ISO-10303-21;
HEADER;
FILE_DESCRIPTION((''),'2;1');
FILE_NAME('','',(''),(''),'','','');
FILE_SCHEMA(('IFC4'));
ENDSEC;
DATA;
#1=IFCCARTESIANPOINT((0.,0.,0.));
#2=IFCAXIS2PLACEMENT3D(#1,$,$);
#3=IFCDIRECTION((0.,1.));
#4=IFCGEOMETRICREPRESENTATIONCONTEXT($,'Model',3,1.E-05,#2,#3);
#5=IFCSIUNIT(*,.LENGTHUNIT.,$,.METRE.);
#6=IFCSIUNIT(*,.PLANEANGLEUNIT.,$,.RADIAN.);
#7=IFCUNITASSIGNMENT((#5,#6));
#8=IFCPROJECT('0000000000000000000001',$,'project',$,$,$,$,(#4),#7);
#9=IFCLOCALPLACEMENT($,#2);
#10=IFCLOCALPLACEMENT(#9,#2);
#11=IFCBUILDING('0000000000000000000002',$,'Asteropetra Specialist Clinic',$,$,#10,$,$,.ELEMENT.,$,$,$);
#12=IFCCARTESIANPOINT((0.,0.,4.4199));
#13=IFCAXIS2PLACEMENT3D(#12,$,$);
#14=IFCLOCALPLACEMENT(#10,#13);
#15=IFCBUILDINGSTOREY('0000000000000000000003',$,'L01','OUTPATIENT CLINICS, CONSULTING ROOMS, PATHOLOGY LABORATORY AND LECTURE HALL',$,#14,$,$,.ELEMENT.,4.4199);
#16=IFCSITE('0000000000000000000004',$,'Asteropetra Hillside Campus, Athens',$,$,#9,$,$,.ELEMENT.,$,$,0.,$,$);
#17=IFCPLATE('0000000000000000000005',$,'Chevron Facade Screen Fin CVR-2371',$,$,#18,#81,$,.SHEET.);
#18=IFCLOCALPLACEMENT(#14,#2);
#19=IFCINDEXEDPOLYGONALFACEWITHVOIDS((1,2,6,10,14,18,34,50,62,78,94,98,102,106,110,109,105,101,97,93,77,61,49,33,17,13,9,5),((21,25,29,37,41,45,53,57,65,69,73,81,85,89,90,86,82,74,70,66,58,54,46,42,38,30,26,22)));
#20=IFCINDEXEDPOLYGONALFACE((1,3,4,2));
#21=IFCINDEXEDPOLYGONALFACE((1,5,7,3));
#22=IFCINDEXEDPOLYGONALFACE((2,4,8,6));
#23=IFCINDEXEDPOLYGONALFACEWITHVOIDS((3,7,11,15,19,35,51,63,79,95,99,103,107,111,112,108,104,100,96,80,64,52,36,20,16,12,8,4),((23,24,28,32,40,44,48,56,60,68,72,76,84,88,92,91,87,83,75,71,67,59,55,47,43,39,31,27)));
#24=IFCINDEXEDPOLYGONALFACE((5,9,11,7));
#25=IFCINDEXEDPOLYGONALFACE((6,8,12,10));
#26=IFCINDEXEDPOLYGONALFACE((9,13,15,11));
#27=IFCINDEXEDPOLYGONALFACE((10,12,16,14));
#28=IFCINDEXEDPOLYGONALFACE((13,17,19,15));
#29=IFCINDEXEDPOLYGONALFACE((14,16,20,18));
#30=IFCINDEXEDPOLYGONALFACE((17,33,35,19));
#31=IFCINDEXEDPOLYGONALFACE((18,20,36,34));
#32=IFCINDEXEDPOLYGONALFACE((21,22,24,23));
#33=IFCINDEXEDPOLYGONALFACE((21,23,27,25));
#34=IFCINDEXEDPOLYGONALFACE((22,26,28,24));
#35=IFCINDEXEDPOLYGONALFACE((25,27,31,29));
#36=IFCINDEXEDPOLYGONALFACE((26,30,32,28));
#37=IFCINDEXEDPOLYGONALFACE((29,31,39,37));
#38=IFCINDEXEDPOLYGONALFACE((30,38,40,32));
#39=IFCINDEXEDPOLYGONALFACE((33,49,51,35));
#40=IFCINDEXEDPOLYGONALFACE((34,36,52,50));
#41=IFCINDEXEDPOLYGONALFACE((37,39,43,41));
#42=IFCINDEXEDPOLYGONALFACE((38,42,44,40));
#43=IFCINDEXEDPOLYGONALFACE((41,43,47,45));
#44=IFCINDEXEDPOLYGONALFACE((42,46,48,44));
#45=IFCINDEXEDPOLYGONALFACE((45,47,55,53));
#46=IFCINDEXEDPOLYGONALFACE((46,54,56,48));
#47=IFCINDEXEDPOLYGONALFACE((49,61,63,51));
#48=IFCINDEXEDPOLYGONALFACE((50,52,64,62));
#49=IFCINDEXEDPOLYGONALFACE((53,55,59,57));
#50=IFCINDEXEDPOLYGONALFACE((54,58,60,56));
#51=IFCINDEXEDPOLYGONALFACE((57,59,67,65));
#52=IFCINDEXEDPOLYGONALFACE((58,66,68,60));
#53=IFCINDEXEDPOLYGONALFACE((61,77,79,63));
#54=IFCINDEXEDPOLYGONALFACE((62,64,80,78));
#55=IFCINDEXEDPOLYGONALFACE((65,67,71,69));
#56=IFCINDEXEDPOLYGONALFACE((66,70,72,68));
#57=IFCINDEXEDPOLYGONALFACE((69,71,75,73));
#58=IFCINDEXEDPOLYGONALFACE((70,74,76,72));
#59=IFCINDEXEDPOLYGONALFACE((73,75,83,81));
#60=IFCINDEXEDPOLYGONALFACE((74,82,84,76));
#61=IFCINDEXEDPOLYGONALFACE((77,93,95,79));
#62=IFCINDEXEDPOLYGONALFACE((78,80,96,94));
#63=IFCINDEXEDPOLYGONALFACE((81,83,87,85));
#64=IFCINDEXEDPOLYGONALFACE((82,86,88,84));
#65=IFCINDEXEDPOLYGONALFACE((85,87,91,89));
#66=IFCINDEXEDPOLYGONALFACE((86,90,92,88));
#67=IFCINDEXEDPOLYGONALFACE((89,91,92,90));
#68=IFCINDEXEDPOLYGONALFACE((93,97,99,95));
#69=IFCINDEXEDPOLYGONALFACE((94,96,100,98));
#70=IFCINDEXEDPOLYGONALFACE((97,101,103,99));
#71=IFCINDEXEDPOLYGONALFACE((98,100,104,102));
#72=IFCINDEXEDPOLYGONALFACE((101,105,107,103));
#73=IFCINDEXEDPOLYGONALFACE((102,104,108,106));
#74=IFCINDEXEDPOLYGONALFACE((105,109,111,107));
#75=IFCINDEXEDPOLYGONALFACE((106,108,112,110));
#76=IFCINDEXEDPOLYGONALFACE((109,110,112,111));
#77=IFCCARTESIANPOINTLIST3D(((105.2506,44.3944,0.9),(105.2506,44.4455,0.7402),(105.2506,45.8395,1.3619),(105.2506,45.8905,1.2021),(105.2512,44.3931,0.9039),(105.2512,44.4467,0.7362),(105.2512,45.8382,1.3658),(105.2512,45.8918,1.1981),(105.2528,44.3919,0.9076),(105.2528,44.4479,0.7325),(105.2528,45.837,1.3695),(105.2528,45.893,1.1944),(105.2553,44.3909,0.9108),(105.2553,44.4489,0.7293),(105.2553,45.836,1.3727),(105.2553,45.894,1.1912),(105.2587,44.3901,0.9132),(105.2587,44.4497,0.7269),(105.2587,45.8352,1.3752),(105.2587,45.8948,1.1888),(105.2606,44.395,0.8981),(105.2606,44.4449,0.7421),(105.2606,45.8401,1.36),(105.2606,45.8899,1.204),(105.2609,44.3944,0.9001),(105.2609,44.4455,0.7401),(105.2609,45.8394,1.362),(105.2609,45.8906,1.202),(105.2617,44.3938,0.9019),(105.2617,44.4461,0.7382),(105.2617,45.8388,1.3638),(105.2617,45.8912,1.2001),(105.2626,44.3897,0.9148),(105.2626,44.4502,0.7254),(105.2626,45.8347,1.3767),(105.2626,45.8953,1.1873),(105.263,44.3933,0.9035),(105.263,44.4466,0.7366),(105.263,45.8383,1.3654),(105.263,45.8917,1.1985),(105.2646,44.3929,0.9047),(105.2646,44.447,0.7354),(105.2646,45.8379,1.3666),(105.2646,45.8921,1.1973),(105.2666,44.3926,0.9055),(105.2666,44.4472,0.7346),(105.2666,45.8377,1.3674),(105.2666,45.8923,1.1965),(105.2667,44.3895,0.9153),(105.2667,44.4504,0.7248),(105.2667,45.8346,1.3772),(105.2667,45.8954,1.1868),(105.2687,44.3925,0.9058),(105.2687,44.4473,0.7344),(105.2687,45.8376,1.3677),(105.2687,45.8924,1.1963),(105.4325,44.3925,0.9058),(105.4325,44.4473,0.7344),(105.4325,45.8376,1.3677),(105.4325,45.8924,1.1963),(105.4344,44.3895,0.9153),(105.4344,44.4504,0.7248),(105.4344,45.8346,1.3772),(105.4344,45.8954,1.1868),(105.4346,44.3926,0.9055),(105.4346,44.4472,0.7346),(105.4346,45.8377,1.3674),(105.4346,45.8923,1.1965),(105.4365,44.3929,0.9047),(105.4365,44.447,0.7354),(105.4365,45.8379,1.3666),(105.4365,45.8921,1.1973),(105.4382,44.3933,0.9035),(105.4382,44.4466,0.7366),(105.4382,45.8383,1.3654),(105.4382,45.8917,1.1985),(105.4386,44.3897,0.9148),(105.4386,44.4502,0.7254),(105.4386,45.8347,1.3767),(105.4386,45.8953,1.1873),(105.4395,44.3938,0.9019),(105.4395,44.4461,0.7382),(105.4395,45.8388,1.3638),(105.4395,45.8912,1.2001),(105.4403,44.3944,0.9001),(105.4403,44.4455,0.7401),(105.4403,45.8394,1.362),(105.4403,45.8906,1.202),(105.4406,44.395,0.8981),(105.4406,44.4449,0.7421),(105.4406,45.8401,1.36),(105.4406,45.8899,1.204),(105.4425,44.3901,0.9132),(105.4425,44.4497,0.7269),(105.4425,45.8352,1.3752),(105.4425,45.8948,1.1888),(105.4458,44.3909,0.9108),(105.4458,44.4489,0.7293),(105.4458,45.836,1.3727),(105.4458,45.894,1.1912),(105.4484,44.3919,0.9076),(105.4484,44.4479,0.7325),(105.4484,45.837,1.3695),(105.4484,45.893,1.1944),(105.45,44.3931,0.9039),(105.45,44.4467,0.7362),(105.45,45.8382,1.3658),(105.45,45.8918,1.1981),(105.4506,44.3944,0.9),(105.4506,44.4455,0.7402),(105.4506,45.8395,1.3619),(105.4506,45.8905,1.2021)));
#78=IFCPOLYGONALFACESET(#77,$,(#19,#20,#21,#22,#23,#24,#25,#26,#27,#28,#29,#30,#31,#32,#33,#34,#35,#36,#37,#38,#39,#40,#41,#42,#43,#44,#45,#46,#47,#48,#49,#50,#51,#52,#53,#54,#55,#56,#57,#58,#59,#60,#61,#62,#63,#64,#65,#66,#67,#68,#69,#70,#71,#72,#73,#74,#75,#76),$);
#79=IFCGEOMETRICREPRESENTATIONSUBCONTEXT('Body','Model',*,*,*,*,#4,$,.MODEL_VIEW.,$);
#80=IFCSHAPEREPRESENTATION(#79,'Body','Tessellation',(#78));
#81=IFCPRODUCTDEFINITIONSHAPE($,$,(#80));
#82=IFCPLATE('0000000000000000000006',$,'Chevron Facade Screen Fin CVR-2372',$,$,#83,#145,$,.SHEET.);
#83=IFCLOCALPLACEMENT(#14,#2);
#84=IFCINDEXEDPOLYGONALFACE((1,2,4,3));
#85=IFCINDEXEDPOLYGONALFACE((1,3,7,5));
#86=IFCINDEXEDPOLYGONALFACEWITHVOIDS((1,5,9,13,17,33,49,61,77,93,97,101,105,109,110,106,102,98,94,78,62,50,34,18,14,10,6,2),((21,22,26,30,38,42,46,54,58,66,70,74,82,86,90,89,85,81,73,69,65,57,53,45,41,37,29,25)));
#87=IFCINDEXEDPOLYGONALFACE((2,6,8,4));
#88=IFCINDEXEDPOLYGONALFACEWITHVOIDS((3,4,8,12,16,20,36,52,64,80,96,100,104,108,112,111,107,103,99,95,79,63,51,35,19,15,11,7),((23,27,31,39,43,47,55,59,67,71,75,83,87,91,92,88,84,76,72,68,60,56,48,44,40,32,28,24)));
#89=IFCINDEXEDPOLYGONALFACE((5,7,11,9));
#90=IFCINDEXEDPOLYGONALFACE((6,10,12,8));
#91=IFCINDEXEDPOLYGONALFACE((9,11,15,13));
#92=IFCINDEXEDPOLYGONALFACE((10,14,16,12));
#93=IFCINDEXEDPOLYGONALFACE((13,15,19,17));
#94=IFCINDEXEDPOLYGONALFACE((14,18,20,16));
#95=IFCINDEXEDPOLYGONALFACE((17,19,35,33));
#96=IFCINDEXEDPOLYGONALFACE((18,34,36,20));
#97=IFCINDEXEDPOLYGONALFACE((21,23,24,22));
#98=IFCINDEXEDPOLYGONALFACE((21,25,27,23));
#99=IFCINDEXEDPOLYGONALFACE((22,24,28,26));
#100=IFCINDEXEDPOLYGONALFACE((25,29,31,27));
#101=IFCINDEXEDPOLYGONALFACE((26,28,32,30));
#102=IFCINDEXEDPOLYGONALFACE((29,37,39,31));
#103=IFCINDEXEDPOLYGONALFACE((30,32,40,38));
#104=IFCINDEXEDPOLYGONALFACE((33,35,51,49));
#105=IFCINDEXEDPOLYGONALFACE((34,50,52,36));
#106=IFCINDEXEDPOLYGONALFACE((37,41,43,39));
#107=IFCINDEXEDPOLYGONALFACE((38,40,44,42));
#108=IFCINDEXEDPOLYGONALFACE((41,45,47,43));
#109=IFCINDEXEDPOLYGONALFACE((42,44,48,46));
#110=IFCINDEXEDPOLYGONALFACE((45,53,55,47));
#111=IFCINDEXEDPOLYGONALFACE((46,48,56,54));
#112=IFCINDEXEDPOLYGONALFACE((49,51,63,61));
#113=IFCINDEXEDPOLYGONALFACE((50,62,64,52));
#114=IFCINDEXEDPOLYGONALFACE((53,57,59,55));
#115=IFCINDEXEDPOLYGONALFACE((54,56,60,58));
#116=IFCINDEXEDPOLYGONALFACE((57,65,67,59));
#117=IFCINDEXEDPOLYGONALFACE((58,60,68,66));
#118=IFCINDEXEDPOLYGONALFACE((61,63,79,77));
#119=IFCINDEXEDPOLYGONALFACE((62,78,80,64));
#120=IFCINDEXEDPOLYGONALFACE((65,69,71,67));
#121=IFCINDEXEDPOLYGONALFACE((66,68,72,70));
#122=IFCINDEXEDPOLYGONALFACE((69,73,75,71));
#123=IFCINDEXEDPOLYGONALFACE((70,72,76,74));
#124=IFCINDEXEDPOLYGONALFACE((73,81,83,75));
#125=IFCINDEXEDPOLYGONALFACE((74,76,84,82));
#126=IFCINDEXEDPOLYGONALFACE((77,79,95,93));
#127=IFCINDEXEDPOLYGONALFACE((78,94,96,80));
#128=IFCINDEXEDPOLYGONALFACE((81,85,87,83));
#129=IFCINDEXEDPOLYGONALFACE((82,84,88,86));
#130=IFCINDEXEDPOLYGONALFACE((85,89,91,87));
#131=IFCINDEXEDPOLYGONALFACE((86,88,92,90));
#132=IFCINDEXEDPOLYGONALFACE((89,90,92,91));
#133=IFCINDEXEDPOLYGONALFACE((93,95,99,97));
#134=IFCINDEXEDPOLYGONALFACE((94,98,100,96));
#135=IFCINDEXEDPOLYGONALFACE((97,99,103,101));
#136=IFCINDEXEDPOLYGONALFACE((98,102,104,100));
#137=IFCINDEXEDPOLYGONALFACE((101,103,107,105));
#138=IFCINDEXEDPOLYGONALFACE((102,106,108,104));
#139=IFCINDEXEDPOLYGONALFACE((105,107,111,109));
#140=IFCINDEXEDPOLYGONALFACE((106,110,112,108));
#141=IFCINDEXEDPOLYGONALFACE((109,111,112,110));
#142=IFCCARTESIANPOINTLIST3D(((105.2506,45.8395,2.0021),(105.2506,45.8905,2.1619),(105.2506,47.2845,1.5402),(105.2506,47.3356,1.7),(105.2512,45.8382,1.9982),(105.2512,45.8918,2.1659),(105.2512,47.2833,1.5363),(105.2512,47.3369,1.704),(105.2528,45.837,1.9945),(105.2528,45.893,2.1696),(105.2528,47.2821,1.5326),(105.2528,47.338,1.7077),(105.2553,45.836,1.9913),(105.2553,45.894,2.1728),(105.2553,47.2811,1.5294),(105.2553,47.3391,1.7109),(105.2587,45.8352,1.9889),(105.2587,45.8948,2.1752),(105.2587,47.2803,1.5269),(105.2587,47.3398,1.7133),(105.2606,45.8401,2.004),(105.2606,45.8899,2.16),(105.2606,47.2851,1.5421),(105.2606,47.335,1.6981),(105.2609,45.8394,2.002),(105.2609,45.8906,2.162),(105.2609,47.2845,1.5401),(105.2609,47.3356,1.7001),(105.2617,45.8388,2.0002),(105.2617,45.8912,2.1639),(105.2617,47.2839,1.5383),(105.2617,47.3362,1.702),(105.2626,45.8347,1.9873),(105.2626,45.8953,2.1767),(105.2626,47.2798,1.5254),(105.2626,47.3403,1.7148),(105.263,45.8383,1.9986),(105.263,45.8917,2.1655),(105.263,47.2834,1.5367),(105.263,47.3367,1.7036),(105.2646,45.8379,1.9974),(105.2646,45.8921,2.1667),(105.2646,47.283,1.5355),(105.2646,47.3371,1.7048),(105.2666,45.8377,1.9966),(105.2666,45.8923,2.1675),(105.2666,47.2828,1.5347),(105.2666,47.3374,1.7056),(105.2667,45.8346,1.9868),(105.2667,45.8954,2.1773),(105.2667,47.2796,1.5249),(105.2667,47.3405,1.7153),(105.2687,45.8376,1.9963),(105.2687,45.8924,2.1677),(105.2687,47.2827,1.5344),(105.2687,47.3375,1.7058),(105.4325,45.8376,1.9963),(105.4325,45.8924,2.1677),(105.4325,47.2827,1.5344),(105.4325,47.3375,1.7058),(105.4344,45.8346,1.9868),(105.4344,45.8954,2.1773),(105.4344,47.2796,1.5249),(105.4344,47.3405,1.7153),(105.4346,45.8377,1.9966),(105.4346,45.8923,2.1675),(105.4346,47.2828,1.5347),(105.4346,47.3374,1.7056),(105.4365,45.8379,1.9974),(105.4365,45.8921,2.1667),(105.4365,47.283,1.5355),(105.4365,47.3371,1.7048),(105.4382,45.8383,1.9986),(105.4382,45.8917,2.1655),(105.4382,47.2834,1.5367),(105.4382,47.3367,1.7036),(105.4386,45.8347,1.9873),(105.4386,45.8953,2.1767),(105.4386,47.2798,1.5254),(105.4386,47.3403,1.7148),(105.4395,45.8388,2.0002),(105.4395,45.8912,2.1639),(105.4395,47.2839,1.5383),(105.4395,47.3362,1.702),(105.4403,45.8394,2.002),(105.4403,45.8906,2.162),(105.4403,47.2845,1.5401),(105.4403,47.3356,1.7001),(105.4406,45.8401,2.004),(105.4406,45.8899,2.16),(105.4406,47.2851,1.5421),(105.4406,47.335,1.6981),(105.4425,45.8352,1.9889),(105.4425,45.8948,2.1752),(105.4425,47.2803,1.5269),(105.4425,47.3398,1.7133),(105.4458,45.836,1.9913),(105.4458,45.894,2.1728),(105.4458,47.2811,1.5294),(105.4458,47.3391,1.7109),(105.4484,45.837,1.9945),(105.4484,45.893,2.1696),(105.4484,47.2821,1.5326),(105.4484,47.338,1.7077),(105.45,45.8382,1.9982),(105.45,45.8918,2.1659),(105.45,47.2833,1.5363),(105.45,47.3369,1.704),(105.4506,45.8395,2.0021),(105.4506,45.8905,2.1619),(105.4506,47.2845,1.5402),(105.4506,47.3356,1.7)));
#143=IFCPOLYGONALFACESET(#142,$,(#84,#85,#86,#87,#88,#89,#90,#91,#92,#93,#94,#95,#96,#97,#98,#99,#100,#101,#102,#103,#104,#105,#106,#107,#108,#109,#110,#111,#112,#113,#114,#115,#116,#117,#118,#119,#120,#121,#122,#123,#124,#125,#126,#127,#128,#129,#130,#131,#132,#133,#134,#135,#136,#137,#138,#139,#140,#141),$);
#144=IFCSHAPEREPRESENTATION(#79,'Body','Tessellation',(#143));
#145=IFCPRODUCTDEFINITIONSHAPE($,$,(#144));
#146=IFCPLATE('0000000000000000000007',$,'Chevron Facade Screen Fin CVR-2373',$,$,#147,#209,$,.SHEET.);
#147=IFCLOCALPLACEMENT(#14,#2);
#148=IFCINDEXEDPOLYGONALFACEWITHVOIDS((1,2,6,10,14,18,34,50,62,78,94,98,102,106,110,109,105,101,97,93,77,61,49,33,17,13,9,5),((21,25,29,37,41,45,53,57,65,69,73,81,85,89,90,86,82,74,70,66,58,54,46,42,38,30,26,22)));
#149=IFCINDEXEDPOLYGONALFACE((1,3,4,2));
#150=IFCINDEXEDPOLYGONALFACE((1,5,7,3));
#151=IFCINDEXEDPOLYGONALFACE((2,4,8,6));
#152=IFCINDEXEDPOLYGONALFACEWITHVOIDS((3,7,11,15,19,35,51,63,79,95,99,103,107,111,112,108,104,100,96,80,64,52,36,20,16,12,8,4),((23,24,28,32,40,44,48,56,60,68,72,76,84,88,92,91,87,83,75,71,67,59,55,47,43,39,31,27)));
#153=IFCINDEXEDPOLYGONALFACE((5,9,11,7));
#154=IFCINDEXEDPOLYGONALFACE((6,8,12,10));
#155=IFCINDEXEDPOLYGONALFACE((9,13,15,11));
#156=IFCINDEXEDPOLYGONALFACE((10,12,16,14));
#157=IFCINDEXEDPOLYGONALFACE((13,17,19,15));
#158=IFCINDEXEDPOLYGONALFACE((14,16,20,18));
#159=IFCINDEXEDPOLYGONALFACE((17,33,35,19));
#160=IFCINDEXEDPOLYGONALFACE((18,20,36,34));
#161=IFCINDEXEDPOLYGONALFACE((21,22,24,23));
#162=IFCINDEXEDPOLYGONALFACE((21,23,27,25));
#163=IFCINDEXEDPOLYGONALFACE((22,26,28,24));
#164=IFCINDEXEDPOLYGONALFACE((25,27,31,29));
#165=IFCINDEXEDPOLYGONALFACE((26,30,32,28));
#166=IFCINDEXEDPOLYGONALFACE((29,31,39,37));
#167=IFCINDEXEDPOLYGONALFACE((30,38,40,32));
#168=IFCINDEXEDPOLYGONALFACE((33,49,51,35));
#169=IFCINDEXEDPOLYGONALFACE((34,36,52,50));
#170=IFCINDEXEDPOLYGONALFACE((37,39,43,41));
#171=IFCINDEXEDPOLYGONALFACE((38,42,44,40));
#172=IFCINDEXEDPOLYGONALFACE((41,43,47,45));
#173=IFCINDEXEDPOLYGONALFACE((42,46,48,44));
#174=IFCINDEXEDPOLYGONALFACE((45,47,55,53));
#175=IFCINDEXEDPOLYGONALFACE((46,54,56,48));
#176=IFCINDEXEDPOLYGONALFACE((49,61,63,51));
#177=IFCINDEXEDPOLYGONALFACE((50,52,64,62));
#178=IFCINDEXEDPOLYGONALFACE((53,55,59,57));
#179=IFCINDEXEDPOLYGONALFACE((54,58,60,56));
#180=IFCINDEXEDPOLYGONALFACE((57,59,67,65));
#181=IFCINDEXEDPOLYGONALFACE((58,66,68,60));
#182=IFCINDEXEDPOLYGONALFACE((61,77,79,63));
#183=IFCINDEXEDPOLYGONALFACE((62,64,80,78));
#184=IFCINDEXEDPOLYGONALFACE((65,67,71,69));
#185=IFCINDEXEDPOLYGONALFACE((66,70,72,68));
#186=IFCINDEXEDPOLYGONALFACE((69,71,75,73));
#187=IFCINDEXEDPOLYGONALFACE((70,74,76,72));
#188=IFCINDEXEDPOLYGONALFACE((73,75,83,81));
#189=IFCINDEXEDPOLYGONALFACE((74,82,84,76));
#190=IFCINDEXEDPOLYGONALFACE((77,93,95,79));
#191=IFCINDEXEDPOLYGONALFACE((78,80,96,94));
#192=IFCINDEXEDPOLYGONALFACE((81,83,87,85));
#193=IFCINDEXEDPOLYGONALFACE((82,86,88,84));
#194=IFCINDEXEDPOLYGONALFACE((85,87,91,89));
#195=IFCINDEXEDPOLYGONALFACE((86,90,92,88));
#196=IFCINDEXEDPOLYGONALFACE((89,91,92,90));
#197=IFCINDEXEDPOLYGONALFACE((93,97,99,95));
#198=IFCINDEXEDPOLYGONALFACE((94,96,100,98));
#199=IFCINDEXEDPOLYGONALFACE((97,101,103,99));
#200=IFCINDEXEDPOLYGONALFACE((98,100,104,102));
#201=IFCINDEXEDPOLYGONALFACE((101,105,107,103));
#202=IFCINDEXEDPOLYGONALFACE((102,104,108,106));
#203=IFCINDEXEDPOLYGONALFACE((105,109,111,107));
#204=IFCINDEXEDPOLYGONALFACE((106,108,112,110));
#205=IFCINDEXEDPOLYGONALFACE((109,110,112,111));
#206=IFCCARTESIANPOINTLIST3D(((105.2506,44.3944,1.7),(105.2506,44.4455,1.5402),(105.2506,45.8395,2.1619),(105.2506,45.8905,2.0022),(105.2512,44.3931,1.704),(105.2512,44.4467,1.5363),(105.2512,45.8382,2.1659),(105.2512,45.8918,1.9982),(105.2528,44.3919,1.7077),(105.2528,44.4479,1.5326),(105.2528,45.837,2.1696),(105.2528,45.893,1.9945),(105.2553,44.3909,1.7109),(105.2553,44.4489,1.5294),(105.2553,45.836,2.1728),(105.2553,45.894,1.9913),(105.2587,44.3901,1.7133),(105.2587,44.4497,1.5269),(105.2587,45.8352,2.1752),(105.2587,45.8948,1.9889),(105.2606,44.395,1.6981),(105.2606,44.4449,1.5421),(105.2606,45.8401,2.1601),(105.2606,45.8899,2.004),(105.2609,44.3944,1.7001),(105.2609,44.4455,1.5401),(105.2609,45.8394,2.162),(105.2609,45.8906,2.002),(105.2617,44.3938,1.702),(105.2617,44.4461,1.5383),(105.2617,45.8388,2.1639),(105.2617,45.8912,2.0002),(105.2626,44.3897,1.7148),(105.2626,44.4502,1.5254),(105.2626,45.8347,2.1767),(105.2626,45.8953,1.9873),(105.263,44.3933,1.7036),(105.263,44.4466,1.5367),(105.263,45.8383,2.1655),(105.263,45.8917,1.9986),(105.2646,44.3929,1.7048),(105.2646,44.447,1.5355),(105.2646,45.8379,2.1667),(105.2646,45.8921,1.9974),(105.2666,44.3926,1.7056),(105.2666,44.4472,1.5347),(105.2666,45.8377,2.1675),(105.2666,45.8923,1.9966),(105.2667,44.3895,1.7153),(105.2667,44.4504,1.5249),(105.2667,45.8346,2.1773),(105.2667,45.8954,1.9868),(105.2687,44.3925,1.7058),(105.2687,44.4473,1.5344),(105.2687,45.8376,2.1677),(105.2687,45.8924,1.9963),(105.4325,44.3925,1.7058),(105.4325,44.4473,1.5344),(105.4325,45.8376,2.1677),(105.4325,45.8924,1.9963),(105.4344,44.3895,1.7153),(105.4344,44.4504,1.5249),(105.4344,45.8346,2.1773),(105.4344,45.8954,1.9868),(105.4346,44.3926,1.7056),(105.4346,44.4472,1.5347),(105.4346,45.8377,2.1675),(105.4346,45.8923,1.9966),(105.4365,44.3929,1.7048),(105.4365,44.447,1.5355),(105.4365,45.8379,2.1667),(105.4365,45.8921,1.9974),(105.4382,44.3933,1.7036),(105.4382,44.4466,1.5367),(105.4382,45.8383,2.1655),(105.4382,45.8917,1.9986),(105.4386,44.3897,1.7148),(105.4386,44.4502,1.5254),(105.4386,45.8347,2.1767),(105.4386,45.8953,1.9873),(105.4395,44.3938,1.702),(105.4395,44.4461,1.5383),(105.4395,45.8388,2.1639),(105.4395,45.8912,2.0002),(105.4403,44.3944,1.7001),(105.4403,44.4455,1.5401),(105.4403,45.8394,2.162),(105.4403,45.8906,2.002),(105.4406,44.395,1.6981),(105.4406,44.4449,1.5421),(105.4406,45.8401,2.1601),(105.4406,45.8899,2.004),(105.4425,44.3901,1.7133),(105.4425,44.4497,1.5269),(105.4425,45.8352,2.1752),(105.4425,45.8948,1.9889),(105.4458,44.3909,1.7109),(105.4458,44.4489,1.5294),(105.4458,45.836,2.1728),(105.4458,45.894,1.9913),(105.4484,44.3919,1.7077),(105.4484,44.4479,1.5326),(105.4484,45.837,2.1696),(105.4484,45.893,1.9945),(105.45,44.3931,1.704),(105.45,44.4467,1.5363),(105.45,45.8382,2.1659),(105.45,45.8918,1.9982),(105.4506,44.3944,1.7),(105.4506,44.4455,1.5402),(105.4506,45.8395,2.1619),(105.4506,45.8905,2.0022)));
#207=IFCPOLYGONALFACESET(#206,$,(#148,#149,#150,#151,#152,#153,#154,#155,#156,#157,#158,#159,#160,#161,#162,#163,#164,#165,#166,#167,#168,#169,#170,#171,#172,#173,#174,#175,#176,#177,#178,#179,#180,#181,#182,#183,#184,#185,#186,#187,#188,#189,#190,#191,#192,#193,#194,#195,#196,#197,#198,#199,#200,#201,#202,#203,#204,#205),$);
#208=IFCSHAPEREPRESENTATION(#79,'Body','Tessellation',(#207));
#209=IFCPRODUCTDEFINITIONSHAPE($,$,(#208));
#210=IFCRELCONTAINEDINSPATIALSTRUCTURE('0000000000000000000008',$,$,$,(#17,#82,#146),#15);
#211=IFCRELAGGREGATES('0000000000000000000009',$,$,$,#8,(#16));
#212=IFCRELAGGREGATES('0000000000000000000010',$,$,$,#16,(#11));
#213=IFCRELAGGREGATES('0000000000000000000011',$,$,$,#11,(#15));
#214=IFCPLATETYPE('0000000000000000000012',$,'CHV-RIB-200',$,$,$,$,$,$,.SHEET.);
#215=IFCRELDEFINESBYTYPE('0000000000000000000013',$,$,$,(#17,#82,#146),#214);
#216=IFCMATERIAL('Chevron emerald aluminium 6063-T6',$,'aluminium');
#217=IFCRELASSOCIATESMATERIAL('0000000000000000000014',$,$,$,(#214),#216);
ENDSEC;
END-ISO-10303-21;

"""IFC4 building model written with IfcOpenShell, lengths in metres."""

from ifc_helpers import new_model, si_unit, direction, frame, origin, origin_2d, place, context, subcontext, project, spatial, hollow_rectangle, extrude, material, material_profile, profile_set, type_object, element, save


model = new_model("IFC4")

# Units and contexts
model_context = context("Model", 3, precision=1e-05, world=origin(), true_north=direction((0.0, 1.0)))
body_context = subcontext(model_context, "Body", "Model", "MODEL_VIEW")
ifc_project = project(units=[si_unit("LENGTHUNIT", "METRE"), si_unit("PLANEANGLEUNIT", "RADIAN")], contexts=[model_context])

# Site, building, storey
site_placement = place(None, origin())
site = spatial("IfcSite", under=ifc_project, at=site_placement, Name="Asteropetra Hillside Campus, Athens", CompositionType="ELEMENT", RefElevation=0.0)
building_placement = place(site_placement, origin())
building = spatial("IfcBuilding", under=site, at=building_placement, Name="Asteropetra Specialist Clinic", CompositionType="ELEMENT")
storey_placement = place(building_placement, frame((0.0, 0.0, 4.4199)))
storey = spatial("IfcBuildingStorey", under=building, at=storey_placement, Name="L01", Description="OUTPATIENT CLINICS, CONSULTING ROOMS, PATHOLOGY LABORATORY AND LECTURE HALL", CompositionType="ELEMENT", Elevation=4.4199)

# Plates
ifc_material_1 = material(Name="Chevron emerald aluminium 6063-T6", Category="aluminium")
ifc_material_profile = material_profile(ifc_material_1, hollow_rectangle(XDim=0.2, YDim=0.2, WallThickness=0.01, InnerFilletRadius=0.0081, OuterFilletRadius=0.0161, at=origin_2d()), Name="SHS 200x200x10.0")
ifc_profile_set = profile_set([ifc_material_profile], Name="Chevron emerald aluminium 6063-T6")
plate_type = type_object("IfcPlateType", Name="CHV-RIB-200", PredefinedType="SHEET", material=ifc_profile_set)
for number, where, z_axis, x_axis, name in (
    (1, (105.3506, 45.865, 1.282), (0.0, -0.952521, -0.304472), (1.0, 0.0, 0.0), "Chevron Facade Screen Fin CVR-2371"),
    (2, (105.3506, 47.3101, 1.6201), (0.0, -0.952521, 0.304472), (1.0, 0.0, 0.0), "Chevron Facade Screen Fin CVR-2372"),
    (3, (105.3506, 45.865, 2.082), (0.0, -0.952521, -0.304472), (1.0, 0.0, 0.0), "Chevron Facade Screen Fin CVR-2373"),
):
    element("IfcPlate", number, at=place(storey_placement, frame(where, z_axis=z_axis, x_axis=x_axis)), inside=storey, type_object=plate_type, Name=name, PredefinedType="SHEET", context=body_context, shape_type="SweptSolid", body=[
        extrude(hollow_rectangle(XDim=0.2, YDim=0.2, WallThickness=0.01, InnerFilletRadius=0.0081, OuterFilletRadius=0.0161, at=origin_2d()), origin(), (0.0, 0.0, 1.0), 1.5171),
    ])

save(model, "model.ifc")
